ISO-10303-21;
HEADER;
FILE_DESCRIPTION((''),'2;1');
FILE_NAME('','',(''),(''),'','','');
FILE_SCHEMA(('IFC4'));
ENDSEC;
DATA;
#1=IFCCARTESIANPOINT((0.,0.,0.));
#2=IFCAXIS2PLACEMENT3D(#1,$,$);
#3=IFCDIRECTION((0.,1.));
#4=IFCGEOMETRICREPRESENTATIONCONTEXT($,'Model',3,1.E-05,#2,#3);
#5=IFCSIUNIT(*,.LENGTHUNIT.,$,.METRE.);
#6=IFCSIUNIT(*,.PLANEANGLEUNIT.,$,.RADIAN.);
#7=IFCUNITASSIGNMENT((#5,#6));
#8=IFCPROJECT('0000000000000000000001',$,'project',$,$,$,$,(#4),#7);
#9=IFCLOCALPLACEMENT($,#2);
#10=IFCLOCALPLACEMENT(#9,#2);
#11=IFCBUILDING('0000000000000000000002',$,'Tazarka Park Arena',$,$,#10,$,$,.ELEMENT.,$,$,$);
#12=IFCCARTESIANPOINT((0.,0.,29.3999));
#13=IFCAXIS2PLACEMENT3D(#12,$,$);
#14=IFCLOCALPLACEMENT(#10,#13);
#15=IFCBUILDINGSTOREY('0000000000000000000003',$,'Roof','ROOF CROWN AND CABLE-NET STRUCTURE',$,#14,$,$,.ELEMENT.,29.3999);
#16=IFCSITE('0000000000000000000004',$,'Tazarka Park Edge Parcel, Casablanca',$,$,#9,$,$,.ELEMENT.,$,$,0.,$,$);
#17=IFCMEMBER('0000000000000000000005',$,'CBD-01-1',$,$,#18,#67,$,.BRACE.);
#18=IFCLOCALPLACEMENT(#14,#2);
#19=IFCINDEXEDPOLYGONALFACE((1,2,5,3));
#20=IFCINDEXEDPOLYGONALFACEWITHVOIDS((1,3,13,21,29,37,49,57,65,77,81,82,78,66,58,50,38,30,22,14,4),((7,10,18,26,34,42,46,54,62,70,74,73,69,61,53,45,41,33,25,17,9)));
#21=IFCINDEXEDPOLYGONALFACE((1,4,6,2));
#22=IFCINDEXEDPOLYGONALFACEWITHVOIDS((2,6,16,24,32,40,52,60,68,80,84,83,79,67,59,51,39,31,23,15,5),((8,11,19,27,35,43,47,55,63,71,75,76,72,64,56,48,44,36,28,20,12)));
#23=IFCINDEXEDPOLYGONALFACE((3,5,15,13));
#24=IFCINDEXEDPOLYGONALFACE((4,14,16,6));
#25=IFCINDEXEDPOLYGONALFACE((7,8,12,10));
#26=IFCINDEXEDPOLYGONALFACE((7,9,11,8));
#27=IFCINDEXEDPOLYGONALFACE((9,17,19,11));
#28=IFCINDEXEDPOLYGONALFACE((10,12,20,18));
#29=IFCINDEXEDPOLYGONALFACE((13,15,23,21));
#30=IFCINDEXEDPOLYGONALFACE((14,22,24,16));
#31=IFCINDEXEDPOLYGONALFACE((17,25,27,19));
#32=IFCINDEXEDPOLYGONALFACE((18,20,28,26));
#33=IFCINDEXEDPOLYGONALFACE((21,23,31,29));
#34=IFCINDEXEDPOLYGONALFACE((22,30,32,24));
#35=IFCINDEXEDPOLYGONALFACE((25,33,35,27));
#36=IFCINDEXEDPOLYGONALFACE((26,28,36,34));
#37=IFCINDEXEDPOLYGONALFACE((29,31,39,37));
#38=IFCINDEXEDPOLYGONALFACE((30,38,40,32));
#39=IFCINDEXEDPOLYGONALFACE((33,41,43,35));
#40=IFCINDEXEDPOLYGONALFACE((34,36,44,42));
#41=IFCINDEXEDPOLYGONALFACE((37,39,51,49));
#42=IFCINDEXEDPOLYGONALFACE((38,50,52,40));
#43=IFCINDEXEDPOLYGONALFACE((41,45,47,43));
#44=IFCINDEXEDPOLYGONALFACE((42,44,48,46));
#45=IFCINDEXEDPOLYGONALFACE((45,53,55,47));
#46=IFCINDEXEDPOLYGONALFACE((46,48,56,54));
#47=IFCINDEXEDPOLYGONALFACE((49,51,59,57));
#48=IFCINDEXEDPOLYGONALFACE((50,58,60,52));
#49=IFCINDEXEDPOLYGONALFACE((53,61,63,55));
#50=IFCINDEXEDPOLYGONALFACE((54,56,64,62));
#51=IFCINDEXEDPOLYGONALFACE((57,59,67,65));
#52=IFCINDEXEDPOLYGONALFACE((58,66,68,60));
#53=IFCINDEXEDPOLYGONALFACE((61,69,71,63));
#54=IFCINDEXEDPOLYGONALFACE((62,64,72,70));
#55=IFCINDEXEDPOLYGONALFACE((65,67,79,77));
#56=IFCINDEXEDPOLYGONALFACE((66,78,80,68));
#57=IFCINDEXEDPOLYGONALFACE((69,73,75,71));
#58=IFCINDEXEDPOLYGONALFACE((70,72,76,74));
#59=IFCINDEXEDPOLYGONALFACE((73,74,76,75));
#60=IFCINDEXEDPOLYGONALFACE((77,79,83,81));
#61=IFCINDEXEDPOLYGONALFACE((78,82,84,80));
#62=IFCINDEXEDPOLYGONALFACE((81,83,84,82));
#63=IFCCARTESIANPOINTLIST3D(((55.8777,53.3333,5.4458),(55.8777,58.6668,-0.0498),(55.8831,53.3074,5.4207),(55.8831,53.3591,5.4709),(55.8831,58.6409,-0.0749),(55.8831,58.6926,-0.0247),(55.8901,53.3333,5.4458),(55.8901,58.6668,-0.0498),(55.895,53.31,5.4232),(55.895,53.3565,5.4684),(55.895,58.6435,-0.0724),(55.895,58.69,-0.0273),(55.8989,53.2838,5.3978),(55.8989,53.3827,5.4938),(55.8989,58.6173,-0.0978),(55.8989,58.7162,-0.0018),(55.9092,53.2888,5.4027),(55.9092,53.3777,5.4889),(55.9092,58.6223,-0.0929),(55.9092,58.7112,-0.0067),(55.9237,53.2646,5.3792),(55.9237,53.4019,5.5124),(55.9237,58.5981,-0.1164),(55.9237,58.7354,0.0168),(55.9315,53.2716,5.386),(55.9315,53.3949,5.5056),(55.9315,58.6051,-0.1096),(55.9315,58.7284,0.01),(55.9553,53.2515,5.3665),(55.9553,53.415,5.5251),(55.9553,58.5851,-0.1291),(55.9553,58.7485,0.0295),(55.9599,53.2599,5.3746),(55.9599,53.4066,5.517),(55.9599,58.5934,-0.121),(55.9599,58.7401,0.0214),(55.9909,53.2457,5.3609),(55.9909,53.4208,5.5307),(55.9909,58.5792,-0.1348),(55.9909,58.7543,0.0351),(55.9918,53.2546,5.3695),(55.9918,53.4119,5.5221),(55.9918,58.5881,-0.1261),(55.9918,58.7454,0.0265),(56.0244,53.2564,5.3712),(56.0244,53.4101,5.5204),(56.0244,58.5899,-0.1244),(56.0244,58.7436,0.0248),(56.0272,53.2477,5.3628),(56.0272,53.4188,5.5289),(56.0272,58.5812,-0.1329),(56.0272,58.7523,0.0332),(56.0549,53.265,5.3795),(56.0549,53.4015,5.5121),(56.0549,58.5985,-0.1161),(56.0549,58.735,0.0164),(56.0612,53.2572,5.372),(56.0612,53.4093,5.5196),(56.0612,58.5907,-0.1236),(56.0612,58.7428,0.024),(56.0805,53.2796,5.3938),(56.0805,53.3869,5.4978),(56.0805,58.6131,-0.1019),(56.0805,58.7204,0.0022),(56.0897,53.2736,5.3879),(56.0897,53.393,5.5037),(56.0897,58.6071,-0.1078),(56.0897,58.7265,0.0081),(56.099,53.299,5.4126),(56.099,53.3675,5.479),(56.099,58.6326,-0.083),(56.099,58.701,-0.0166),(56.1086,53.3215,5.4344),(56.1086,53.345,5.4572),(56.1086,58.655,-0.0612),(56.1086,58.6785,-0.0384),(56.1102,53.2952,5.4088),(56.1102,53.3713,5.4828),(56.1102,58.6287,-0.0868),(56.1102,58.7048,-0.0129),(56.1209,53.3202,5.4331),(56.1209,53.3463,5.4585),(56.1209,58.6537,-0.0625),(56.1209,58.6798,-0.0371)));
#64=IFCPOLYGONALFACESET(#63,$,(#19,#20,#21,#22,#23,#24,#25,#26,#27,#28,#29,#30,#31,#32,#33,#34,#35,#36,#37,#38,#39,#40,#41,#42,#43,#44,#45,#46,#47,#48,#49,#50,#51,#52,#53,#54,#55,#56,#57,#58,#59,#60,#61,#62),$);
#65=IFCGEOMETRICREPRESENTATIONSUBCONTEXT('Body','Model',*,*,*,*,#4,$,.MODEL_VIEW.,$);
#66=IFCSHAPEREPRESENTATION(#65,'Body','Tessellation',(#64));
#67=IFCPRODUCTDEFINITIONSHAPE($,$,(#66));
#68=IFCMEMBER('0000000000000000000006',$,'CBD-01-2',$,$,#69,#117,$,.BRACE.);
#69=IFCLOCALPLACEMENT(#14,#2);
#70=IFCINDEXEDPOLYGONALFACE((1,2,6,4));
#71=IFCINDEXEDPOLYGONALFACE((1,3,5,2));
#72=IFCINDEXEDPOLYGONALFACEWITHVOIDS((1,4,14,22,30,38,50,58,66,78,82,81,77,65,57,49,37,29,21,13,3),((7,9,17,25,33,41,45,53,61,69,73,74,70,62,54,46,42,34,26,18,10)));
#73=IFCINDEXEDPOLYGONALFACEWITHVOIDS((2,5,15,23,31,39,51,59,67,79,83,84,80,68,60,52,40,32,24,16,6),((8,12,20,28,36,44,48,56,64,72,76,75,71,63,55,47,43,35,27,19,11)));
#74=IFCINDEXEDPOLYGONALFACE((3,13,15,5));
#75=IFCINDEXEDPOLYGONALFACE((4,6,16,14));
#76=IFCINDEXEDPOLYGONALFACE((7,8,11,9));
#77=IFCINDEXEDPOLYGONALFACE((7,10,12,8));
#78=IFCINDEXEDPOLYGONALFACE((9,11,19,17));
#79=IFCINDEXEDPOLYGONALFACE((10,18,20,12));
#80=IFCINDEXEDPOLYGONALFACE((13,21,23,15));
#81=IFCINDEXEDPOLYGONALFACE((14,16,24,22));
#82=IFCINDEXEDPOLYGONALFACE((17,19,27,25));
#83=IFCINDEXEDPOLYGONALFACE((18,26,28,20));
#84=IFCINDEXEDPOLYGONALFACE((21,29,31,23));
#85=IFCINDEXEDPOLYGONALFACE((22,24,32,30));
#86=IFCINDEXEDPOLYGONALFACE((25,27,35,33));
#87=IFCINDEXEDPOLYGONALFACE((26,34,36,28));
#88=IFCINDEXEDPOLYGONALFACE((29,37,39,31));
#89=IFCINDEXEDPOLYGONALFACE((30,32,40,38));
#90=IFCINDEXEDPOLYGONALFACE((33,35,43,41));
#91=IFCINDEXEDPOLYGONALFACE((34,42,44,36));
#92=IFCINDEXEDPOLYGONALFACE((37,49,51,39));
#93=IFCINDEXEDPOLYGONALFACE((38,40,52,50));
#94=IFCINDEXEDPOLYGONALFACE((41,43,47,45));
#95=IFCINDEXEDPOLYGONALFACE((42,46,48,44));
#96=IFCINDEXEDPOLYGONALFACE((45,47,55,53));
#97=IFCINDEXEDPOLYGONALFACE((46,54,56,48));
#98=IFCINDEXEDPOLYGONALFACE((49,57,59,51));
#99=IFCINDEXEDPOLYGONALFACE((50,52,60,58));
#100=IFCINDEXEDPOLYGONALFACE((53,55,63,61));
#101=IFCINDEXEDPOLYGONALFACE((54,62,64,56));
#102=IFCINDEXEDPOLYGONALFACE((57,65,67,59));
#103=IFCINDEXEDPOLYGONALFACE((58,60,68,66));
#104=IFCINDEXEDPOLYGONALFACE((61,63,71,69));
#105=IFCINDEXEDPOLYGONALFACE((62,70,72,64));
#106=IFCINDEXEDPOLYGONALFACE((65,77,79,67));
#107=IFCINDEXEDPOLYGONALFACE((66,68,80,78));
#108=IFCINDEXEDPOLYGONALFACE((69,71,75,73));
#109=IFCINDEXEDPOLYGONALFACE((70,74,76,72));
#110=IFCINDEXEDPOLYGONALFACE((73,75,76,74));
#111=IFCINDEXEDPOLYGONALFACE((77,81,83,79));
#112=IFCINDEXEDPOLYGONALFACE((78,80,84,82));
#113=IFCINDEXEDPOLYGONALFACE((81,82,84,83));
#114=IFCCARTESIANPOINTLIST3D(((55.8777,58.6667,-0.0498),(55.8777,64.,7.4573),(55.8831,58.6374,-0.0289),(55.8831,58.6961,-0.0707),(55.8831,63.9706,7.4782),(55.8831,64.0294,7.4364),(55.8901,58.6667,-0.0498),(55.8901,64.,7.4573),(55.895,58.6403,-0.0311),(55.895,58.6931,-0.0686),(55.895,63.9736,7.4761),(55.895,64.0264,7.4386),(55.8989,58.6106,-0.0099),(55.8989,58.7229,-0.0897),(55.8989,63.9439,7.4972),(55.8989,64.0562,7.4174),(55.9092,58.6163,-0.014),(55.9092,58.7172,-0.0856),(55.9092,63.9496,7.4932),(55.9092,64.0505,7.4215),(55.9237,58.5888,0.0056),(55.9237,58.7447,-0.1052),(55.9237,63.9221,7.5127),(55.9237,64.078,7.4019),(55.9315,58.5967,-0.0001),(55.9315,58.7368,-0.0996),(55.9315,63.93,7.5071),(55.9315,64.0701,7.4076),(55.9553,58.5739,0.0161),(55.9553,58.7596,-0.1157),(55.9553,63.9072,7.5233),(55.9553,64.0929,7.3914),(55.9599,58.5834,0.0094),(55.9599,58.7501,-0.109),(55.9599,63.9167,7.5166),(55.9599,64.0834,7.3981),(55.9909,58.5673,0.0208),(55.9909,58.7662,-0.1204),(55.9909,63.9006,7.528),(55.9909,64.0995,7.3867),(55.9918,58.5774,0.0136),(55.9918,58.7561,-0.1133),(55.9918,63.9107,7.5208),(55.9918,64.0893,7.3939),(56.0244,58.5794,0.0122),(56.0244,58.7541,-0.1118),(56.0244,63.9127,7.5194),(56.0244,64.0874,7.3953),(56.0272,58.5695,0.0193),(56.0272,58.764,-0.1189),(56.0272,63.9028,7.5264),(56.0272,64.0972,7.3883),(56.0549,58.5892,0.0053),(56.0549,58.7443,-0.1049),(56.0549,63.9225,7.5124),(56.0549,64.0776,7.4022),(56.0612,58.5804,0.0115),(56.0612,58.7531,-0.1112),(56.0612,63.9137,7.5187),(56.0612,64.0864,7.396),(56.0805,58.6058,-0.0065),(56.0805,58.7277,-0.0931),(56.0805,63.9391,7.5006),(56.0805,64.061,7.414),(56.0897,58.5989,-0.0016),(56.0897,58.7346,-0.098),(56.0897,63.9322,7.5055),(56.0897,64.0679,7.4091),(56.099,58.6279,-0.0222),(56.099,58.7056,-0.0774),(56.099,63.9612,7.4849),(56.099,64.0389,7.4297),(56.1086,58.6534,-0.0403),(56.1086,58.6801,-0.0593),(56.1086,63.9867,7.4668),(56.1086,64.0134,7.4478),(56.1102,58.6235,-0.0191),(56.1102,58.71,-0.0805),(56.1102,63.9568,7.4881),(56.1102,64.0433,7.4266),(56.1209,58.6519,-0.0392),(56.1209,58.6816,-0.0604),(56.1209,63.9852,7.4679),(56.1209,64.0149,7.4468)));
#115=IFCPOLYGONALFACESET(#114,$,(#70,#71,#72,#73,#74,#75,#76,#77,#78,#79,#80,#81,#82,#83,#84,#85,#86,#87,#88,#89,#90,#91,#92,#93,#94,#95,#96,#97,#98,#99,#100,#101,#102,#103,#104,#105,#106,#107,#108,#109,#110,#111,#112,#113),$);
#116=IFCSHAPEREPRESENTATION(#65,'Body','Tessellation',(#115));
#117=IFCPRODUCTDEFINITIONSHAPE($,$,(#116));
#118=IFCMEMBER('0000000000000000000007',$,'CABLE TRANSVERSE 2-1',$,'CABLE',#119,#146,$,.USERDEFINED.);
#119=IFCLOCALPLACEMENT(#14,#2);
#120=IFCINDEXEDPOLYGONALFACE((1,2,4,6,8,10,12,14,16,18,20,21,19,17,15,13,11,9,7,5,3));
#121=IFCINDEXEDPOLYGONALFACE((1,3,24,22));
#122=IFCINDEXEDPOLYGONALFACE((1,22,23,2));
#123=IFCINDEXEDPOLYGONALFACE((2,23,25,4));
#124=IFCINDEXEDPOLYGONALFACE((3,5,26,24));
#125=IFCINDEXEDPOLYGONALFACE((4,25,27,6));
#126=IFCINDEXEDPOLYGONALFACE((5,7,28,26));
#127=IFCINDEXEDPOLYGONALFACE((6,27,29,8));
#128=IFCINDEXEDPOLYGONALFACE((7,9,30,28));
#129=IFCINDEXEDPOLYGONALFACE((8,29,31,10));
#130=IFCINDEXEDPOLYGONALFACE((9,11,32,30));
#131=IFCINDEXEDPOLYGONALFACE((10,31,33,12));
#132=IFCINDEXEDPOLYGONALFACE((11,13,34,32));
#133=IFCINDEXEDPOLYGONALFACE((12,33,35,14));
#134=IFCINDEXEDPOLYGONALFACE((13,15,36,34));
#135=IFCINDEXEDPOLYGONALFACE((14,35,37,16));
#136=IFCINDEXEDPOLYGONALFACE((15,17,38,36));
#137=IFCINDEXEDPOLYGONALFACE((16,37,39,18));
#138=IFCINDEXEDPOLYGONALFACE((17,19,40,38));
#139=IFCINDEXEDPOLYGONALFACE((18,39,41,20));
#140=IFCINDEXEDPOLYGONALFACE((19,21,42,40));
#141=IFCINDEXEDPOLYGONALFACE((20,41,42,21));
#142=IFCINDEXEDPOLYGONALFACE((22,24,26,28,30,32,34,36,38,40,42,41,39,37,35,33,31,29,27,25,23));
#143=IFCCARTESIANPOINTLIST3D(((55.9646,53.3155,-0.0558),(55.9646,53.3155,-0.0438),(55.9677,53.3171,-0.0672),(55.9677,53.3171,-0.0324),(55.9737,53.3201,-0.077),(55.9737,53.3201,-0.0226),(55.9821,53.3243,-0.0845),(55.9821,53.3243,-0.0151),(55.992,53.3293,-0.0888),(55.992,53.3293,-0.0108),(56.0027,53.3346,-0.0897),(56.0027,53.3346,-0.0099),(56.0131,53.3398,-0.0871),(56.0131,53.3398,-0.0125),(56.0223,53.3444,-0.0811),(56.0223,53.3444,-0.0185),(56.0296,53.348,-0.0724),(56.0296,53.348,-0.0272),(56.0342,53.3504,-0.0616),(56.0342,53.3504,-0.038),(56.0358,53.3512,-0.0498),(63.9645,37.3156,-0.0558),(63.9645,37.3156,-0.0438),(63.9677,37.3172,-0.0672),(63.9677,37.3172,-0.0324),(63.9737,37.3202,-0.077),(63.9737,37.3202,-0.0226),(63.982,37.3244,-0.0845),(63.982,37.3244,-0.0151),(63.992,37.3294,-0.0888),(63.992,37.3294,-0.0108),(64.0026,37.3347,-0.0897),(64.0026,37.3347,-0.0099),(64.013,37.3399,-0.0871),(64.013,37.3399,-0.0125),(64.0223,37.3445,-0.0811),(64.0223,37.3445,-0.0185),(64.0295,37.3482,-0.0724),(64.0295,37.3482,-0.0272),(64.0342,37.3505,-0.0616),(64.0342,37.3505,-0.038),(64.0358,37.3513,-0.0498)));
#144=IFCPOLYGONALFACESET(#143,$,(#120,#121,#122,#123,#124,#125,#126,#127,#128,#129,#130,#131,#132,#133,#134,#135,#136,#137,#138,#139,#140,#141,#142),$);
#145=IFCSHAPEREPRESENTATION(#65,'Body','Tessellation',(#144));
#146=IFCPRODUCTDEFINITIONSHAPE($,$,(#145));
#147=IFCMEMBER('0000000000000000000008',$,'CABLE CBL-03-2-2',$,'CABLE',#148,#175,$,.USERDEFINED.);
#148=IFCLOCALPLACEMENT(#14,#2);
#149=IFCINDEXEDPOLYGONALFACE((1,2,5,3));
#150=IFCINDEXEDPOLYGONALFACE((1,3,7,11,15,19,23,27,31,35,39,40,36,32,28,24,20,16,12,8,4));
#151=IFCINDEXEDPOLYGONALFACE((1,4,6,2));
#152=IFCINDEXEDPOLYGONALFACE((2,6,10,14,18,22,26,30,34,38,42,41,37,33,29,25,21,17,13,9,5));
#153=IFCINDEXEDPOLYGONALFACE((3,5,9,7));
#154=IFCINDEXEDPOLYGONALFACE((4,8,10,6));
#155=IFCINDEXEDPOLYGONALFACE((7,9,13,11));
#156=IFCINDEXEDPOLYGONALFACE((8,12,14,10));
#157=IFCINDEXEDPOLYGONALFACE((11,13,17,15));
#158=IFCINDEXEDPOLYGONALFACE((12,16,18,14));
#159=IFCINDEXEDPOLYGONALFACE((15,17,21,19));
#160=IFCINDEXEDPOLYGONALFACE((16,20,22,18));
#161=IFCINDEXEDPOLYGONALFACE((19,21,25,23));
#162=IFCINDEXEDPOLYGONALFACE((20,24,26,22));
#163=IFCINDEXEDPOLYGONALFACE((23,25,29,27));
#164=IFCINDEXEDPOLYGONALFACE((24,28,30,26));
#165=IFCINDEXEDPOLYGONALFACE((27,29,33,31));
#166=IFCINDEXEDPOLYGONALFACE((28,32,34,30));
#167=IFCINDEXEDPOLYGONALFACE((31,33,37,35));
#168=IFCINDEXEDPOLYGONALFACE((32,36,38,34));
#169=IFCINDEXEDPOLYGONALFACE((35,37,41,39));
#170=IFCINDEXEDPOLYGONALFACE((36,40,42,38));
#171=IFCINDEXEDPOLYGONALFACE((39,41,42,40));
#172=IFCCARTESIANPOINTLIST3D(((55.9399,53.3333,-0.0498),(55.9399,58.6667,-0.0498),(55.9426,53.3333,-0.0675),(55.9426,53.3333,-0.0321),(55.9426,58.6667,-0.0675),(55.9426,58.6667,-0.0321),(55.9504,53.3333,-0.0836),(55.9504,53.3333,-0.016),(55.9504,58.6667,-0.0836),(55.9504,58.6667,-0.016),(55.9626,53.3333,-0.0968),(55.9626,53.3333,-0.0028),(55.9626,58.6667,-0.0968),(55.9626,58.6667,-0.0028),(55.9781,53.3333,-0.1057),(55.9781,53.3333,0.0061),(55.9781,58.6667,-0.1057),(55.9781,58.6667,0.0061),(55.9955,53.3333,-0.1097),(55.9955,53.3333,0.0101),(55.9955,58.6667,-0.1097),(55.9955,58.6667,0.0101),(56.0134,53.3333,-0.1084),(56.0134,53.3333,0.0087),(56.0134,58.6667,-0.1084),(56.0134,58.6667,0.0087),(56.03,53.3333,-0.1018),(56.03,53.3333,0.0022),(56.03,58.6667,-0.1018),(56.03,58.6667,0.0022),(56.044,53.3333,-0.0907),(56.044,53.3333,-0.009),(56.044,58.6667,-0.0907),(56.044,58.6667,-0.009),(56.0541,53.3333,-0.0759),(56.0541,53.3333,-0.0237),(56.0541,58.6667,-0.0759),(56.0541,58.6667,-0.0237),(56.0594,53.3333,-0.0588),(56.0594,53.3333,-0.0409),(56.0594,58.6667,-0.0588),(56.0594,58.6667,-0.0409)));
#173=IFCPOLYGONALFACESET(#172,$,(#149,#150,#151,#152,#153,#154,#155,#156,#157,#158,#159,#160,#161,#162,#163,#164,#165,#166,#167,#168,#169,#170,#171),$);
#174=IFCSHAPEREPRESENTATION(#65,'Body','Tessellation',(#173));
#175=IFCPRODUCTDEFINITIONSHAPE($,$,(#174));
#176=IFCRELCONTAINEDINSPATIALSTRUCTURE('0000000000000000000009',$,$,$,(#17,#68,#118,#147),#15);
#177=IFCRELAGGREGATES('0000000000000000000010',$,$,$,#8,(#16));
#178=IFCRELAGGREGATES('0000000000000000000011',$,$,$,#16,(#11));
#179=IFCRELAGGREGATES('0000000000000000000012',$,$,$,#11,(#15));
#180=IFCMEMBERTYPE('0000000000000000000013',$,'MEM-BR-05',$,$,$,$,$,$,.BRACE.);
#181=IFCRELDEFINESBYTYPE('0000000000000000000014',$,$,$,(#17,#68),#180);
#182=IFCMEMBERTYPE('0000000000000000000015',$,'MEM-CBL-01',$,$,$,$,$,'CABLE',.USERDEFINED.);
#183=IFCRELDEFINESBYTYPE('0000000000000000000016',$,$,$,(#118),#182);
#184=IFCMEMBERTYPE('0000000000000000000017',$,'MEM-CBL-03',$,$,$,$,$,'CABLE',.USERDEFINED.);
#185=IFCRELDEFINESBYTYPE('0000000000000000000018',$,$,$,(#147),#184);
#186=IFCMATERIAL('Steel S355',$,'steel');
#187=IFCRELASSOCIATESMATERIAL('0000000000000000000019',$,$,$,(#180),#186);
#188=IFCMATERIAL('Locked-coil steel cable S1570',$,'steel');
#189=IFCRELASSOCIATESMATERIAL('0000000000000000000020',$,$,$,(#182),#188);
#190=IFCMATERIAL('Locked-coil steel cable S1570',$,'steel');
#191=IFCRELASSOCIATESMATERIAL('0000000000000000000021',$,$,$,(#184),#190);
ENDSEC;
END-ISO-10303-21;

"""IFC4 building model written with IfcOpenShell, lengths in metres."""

from ifc_helpers import new_model, si_unit, direction, frame, origin, origin_2d, place, context, subcontext, project, spatial, circle, hollow_circle, extrude, material, material_profile, profile_set, type_object, element, save


model = new_model("IFC4")

# Units and contexts
model_context = context("Model", 3, precision=1e-05, world=origin(), true_north=direction((0.0, 1.0)))
body_context = subcontext(model_context, "Body", "Model", "MODEL_VIEW")
ifc_project = project(units=[si_unit("LENGTHUNIT", "METRE"), si_unit("PLANEANGLEUNIT", "RADIAN")], contexts=[model_context])

# Site, building, storey
site_placement = place(None, origin())
site = spatial("IfcSite", under=ifc_project, at=site_placement, Name="Tazarka Park Edge Parcel, Casablanca", CompositionType="ELEMENT", RefElevation=0.0)
building_placement = place(site_placement, origin())
building = spatial("IfcBuilding", under=site, at=building_placement, Name="Tazarka Park Arena", CompositionType="ELEMENT")
storey_placement = place(building_placement, frame((0.0, 0.0, 29.3999)))
storey = spatial("IfcBuildingStorey", under=building, at=storey_placement, Name="Roof", Description="ROOF CROWN AND CABLE-NET STRUCTURE", CompositionType="ELEMENT", Elevation=29.3999)

# Members
ifc_material_1 = material(Name="Steel S355", Category="steel")
ifc_material_profile_1 = material_profile(ifc_material_1, hollow_circle(Radius=0.1223, WallThickness=0.0125, at=origin_2d()), Name="Steel S355")
ifc_profile_set_1 = profile_set([ifc_material_profile_1], Name="Steel S355")
member_type_1 = type_object("IfcMemberType", Name="MEM-BR-05", PredefinedType="BRACE", material=ifc_profile_set_1)
member_1_placement = place(storey_placement, frame((56.0, 53.3333, 5.4458), z_axis=(0.0, 0.696444, -0.717612), x_axis=(-1.0, 0.0, 0.0)))
element("IfcMember", 1, at=member_1_placement, inside=storey, type_object=member_type_1, Name="CBD-01-1", PredefinedType="BRACE", context=body_context, shape_type="SweptSolid", body=[
    extrude(hollow_circle(Radius=0.1223, WallThickness=0.0125, at=origin_2d()), origin(), (0.0, 0.0, 1.0), 7.6582),
])
member_2_placement = place(storey_placement, frame((56.0, 58.6667, -0.0498), z_axis=(0.0, 0.579155, 0.815218), x_axis=(-1.0, 0.0, 0.0)))
element("IfcMember", 2, at=member_2_placement, inside=storey, type_object=member_type_1, Name="CBD-01-2", PredefinedType="BRACE", context=body_context, shape_type="SweptSolid", body=[
    extrude(hollow_circle(Radius=0.1223, WallThickness=0.0125, at=origin_2d()), origin(), (0.0, 0.0, 1.0), 9.2087),
])
ifc_material_2 = material(Name="Locked-coil steel cable S1570", Category="steel")
ifc_material_profile_2 = material_profile(ifc_material_2, circle(Radius=0.04, at=origin_2d()), Name="Locked-coil steel cable S1570")
ifc_profile_set_2 = profile_set([ifc_material_profile_2], Name="Locked-coil steel cable S1570")
member_type_2 = type_object("IfcMemberType", Name="MEM-CBL-01", ElementType="CABLE", PredefinedType="USERDEFINED", material=ifc_profile_set_2)
member_3_placement = place(storey_placement, frame((56.0, 53.3333, -0.0498), z_axis=(0.447214, -0.894427, 0.0), x_axis=(0.894427, 0.447214, 0.0)))
element("IfcMember", 3, at=member_3_placement, inside=storey, type_object=member_type_2, Name="CABLE TRANSVERSE 2-1", ObjectType="CABLE", PredefinedType="USERDEFINED", context=body_context, shape_type="SweptSolid", body=[
    extrude(circle(Radius=0.04, at=origin_2d()), origin(), (0.0, 0.0, 1.0), 17.8884),
])
ifc_material_3 = material(Name="Locked-coil steel cable S1570", Category="steel")
ifc_material_profile_3 = material_profile(ifc_material_3, circle(Radius=0.0601, at=origin_2d()), Name="Locked-coil steel cable S1570")
ifc_profile_set_3 = profile_set([ifc_material_profile_3], Name="Locked-coil steel cable S1570")
member_type_3 = type_object("IfcMemberType", Name="MEM-CBL-03", ElementType="CABLE", PredefinedType="USERDEFINED", material=ifc_profile_set_3)
member_4_placement = place(storey_placement, frame((56.0, 53.3333, -0.0498), z_axis=(0.0, 1.0, 0.0), x_axis=(-1.0, 0.0, 0.0)))
element("IfcMember", 4, at=member_4_placement, inside=storey, type_object=member_type_3, Name="CABLE CBL-03-2-2", ObjectType="CABLE", PredefinedType="USERDEFINED", context=body_context, shape_type="SweptSolid", body=[
    extrude(circle(Radius=0.0601, at=origin_2d()), origin(), (0.0, 0.0, 1.0), 5.3335),
])

save(model, "model.ifc")
